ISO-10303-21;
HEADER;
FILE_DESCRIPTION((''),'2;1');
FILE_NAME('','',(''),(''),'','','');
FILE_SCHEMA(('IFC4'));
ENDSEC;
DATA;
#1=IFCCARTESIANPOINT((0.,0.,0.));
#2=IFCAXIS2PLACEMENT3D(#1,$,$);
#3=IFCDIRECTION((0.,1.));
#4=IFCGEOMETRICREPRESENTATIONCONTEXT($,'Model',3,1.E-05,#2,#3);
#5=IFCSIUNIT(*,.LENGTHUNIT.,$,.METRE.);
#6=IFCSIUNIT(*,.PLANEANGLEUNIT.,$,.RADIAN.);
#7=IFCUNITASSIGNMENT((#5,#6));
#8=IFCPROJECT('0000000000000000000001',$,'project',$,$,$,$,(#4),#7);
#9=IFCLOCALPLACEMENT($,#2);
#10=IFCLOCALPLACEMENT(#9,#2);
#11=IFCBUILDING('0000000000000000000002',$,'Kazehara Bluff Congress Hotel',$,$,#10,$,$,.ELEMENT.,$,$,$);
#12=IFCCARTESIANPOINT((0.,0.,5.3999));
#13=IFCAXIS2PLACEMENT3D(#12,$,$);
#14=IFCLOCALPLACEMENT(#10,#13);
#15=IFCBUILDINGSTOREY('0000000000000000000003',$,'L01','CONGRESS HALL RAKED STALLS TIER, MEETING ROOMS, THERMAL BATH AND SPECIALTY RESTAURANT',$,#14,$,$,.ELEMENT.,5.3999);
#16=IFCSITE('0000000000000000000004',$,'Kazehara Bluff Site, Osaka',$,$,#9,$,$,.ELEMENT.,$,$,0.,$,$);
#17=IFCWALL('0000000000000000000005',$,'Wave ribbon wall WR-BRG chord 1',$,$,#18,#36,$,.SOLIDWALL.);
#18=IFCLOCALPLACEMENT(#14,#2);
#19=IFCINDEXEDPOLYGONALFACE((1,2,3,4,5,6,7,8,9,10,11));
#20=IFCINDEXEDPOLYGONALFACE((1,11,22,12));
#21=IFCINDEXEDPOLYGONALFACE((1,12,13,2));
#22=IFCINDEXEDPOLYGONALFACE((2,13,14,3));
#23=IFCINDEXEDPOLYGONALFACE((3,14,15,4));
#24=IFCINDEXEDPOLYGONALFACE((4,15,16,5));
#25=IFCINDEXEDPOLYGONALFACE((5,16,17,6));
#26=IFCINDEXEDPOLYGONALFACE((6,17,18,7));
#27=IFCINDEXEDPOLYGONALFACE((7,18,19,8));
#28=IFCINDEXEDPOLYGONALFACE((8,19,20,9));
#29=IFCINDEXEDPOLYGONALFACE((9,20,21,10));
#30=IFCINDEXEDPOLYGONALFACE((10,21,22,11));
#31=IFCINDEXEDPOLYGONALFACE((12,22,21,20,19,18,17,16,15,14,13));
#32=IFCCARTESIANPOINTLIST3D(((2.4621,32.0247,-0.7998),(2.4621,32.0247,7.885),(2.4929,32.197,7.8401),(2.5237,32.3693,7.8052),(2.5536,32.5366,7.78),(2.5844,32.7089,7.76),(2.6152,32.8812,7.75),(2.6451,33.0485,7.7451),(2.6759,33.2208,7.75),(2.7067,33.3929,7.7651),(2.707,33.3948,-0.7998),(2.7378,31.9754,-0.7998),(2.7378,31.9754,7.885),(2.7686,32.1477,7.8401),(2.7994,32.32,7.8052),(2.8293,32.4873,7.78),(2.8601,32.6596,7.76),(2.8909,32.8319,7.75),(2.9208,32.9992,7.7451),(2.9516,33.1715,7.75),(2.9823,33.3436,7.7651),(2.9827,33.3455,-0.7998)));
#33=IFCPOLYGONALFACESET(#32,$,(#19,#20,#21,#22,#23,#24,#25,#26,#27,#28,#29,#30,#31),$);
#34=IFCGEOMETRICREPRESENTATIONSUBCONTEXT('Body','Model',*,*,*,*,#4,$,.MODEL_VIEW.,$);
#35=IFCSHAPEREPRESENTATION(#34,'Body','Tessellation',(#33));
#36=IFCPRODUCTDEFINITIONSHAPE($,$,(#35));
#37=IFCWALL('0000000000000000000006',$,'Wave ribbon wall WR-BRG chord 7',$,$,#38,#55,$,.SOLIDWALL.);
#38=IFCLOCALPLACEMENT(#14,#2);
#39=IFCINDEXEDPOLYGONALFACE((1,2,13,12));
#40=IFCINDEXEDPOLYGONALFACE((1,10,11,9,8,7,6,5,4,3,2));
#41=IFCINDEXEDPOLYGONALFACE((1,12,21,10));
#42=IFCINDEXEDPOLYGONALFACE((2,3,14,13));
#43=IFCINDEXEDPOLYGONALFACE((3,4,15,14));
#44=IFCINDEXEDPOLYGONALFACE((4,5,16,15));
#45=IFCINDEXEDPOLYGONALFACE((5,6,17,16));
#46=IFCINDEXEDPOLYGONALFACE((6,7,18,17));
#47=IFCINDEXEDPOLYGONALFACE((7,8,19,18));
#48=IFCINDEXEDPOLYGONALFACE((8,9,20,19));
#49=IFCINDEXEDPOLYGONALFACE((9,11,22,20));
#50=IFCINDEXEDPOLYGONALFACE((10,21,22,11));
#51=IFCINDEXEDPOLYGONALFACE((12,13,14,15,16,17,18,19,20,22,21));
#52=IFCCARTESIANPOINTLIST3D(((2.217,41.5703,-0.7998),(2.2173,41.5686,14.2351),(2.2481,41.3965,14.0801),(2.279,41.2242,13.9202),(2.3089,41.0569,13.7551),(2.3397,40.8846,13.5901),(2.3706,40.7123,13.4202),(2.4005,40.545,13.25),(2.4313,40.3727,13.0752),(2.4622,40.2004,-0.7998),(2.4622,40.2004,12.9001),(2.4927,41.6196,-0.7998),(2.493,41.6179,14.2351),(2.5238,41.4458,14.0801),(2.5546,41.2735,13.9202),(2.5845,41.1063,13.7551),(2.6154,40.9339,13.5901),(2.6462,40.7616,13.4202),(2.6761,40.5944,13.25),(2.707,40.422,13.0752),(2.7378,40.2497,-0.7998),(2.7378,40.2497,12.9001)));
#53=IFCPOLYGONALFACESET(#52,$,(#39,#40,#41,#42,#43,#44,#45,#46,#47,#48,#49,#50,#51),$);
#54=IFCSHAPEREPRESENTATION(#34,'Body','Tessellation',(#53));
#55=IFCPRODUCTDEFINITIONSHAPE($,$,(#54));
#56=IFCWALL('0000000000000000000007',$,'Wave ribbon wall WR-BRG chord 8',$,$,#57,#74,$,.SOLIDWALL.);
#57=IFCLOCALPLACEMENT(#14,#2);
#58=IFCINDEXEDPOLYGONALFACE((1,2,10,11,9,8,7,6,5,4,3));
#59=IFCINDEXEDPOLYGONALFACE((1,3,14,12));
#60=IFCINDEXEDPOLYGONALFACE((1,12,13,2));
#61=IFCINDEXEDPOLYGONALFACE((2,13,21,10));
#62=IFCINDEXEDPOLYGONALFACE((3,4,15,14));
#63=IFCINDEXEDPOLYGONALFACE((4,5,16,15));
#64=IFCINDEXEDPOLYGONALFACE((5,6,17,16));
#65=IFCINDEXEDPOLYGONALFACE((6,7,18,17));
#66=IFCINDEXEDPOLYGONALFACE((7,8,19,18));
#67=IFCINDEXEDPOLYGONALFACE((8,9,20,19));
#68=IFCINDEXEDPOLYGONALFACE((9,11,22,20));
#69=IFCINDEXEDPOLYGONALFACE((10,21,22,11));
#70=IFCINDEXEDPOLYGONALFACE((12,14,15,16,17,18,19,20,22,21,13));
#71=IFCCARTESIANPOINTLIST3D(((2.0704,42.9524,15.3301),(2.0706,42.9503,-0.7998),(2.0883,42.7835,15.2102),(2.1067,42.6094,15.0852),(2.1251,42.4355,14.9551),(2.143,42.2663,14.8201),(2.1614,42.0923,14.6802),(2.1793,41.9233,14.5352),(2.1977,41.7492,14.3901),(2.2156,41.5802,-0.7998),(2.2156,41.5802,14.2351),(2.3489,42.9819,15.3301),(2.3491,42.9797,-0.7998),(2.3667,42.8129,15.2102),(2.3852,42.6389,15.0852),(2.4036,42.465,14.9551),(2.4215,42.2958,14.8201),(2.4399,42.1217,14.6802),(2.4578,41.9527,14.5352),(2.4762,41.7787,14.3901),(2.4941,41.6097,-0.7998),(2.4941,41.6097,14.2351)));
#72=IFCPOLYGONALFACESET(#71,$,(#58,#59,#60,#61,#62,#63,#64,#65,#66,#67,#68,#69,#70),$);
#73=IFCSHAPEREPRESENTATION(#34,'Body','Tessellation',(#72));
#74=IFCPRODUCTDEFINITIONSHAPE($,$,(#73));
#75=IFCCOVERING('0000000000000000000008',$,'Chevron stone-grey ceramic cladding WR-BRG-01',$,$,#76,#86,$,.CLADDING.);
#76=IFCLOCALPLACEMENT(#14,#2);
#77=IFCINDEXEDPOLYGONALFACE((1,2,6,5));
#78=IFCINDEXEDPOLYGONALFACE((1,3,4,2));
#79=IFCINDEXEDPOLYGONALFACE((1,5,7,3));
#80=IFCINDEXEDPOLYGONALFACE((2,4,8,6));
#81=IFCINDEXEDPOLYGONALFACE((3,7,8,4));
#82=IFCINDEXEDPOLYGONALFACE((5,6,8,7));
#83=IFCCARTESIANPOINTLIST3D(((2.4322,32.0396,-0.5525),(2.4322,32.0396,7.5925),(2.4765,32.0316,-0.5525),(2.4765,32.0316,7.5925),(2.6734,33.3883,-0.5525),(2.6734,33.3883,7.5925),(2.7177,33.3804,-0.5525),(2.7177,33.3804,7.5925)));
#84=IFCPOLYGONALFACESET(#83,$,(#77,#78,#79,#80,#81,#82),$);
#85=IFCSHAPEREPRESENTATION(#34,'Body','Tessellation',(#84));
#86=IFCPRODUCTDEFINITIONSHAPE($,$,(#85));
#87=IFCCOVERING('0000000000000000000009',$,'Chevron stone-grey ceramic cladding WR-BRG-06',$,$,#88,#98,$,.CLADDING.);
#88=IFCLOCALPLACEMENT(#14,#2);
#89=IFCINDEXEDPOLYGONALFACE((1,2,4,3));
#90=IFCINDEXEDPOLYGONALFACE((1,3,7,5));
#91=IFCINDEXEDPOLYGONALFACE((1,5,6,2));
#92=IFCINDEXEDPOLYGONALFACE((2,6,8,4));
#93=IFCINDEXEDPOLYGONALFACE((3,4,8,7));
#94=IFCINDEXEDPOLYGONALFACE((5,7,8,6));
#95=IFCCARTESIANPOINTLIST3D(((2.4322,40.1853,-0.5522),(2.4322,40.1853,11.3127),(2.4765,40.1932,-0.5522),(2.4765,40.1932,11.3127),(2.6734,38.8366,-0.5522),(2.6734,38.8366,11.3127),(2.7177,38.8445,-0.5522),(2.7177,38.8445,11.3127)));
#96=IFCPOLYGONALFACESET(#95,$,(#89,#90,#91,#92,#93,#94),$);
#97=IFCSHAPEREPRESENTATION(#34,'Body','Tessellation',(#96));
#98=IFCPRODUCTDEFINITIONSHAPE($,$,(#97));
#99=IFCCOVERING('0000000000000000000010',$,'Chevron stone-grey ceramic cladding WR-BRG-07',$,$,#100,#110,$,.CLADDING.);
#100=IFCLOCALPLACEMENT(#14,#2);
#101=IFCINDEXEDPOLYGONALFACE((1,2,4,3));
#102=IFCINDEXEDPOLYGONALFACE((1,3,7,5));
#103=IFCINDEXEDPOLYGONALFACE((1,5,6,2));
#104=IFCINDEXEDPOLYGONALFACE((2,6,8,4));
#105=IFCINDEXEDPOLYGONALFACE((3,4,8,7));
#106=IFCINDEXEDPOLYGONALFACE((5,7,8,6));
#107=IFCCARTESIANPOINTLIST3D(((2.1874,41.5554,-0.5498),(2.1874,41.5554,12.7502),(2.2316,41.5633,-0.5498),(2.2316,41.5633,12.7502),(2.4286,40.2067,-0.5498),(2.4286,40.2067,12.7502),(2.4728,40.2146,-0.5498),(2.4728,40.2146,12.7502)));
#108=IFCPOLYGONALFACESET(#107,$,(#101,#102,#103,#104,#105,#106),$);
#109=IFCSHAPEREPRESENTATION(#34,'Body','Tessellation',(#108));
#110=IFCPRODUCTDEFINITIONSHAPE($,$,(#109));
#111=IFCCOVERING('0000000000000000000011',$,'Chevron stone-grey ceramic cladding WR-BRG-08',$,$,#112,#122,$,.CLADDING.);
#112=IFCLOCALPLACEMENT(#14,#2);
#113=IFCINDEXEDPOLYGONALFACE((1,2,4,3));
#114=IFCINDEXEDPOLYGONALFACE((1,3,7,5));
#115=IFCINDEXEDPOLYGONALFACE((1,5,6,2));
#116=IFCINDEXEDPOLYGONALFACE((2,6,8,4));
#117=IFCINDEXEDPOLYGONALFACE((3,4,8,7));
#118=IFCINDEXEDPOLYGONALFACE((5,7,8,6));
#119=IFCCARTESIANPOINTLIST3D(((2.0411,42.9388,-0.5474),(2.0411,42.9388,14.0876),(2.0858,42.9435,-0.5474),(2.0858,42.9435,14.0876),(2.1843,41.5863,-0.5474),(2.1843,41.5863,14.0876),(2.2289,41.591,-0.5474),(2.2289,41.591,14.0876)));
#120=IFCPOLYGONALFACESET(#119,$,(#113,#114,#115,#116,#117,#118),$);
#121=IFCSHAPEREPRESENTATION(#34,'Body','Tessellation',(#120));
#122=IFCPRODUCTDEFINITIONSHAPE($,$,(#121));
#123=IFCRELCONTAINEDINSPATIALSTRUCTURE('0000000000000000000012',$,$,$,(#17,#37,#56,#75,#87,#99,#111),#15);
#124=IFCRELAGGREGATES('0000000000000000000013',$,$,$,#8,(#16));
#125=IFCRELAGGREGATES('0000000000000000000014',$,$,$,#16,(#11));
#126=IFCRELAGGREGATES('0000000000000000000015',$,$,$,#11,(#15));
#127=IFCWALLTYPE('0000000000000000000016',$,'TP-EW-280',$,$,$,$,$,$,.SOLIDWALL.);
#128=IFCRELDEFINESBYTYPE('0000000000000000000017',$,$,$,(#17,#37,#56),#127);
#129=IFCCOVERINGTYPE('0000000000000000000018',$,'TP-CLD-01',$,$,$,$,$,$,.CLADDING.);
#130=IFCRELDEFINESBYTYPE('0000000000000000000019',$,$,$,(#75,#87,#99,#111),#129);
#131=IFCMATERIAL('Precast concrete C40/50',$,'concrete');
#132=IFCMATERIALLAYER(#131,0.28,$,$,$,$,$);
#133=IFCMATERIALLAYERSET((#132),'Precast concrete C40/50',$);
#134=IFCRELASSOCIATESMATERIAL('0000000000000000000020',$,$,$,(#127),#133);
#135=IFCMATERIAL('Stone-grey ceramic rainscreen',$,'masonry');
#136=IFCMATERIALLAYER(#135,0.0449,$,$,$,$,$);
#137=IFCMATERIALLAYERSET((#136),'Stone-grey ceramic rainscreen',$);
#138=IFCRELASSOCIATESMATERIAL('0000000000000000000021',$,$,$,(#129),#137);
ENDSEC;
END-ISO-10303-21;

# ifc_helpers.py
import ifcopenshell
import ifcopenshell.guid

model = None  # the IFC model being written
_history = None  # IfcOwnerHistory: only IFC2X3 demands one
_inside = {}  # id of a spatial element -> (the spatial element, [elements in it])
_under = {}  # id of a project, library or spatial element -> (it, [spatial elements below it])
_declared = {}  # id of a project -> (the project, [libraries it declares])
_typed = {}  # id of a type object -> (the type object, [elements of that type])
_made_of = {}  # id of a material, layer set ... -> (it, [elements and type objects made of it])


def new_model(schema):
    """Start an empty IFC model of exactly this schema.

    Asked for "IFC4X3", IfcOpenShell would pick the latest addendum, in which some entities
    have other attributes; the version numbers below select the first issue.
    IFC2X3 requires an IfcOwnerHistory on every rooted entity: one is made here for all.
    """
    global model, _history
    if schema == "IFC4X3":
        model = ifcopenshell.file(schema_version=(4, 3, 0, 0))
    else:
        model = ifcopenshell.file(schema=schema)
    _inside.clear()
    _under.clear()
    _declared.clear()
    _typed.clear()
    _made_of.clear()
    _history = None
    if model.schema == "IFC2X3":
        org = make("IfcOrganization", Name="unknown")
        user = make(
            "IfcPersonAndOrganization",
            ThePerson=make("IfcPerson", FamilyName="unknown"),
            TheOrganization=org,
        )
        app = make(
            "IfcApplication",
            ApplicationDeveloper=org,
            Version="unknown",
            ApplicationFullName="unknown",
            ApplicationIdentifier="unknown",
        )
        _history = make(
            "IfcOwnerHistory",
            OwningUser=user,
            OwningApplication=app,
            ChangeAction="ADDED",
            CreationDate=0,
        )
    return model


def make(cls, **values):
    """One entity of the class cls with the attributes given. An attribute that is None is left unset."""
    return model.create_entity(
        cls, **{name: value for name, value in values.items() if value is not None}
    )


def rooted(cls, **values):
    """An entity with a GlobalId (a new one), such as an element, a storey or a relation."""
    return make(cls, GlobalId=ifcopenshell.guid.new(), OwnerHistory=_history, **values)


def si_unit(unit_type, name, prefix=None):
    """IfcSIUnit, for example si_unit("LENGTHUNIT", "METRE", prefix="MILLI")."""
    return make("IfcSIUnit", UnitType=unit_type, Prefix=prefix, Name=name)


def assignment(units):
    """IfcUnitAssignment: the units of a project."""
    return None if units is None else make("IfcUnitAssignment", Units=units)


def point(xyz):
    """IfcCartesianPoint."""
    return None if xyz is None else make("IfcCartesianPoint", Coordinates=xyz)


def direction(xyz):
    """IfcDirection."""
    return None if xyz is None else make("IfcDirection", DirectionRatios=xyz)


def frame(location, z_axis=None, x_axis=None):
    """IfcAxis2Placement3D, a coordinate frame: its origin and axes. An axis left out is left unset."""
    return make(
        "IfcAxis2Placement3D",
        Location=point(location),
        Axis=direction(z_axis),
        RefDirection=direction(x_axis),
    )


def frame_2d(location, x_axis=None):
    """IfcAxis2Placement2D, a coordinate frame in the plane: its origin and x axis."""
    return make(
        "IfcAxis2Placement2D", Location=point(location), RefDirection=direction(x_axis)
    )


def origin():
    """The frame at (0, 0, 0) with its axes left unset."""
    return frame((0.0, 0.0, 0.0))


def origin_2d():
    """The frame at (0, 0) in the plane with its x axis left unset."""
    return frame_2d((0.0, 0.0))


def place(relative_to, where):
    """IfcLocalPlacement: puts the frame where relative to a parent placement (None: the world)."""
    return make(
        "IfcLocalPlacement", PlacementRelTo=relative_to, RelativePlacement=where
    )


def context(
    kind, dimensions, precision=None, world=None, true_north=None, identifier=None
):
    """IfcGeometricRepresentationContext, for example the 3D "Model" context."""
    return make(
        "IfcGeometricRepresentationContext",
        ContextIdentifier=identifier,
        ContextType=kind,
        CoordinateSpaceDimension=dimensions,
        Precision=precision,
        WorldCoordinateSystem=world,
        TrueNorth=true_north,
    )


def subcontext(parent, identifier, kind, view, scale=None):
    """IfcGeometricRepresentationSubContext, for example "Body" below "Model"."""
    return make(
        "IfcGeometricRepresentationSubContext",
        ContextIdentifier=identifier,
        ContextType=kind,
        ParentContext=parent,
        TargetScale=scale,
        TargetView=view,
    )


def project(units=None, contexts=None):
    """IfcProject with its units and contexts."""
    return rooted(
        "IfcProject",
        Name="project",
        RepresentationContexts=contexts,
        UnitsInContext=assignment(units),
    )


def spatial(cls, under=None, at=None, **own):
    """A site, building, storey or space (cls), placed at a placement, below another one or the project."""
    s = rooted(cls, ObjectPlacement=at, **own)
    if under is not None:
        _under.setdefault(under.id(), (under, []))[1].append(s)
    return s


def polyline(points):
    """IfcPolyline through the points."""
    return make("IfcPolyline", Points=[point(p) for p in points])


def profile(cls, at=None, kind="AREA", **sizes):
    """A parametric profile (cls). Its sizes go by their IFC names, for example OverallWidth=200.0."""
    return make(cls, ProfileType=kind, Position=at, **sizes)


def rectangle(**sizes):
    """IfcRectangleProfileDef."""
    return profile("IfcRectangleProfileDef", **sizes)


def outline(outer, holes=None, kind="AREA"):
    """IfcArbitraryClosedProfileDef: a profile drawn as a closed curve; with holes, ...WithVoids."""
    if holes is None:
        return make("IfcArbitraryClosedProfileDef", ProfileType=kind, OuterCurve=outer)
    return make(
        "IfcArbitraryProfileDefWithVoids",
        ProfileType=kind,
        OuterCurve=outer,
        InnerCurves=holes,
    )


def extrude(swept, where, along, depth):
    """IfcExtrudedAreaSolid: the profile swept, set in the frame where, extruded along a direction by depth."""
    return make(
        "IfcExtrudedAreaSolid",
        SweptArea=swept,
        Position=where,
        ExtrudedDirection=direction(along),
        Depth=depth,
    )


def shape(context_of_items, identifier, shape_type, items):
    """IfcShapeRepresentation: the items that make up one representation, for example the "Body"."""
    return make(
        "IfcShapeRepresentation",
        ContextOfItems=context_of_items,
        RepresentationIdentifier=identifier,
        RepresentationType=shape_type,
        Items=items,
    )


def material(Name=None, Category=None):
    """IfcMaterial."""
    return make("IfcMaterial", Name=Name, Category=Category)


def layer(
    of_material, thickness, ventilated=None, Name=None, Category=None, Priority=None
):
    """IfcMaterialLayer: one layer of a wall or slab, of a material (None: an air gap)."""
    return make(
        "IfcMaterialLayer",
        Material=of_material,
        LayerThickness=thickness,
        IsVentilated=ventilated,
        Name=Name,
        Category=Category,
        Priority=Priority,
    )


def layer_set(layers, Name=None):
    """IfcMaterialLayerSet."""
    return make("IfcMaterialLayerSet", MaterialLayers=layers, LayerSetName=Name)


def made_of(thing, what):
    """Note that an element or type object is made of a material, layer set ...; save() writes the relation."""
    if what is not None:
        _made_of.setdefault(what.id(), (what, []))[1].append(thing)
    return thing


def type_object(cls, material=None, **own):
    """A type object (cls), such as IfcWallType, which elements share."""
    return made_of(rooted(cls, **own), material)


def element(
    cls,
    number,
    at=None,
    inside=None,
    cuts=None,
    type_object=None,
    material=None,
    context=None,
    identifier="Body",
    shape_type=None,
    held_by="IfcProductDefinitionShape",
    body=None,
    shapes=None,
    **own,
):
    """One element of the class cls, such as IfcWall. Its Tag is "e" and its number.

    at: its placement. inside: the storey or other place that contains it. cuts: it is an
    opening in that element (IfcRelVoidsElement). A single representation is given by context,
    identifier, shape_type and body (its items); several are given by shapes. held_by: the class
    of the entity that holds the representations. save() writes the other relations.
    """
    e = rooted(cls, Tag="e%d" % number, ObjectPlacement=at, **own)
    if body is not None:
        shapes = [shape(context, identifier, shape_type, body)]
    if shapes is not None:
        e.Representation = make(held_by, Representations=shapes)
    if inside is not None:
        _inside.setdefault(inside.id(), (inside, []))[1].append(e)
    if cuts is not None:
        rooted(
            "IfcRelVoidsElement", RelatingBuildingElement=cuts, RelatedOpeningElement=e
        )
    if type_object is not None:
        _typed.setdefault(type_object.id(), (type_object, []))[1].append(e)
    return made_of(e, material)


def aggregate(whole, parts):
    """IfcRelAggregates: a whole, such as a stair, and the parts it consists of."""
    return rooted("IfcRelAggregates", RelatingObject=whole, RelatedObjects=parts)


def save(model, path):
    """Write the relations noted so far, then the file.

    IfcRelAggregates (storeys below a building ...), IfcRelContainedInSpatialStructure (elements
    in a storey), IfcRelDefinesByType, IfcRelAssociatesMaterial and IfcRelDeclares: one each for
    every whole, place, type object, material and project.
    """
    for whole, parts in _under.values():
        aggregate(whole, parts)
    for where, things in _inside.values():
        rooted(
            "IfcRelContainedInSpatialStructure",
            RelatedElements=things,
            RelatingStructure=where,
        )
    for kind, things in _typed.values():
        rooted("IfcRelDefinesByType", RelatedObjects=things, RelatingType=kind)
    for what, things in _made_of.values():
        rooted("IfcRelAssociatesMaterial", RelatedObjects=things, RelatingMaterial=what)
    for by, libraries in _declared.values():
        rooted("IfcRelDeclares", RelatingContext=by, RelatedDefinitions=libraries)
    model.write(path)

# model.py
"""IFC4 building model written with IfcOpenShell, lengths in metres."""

from ifc_helpers import new_model, si_unit, direction, frame, origin, origin_2d, place, context, subcontext, project, spatial, polyline, rectangle, outline, extrude, material, layer, layer_set, type_object, element, save


model = new_model("IFC4")

# Units and contexts
model_context = context("Model", 3, precision=1e-05, world=origin(), true_north=direction((0.0, 1.0)))
body_context = subcontext(model_context, "Body", "Model", "MODEL_VIEW")
ifc_project = project(units=[si_unit("LENGTHUNIT", "METRE"), si_unit("PLANEANGLEUNIT", "RADIAN")], contexts=[model_context])

# Site, building, storey
site_placement = place(None, origin())
site = spatial("IfcSite", under=ifc_project, at=site_placement, Name="Kazehara Bluff Site, Osaka", CompositionType="ELEMENT", RefElevation=0.0)
building_placement = place(site_placement, origin())
building = spatial("IfcBuilding", under=site, at=building_placement, Name="Kazehara Bluff Congress Hotel", CompositionType="ELEMENT")
storey_placement = place(building_placement, frame((0.0, 0.0, 5.3999)))
storey = spatial("IfcBuildingStorey", under=building, at=storey_placement, Name="L01", Description="CONGRESS HALL RAKED STALLS TIER, MEETING ROOMS, THERMAL BATH AND SPECIALTY RESTAURANT", CompositionType="ELEMENT", Elevation=5.3999)

# Walls
ifc_material_1 = material(Name="Precast concrete C40/50", Category="concrete")
ifc_layer_1 = layer(ifc_material_1, 0.28)
ifc_layer_set_1 = layer_set([ifc_layer_1], Name="Precast concrete C40/50")
wall_type = type_object("IfcWallType", Name="TP-EW-280", PredefinedType="SOLIDWALL", material=ifc_layer_set_1)
wall_1_placement = place(storey_placement, frame((2.6001, 32.0, -0.7998), z_axis=(0.0, 0.0, 1.0), x_axis=(0.175936, 0.984402, 0.0)))
element("IfcWall", 1, at=wall_1_placement, inside=storey, type_object=wall_type, Name="Wave ribbon wall WR-BRG chord 1", PredefinedType="SOLIDWALL", context=body_context, shape_type="SweptSolid", body=[
    extrude(outline(polyline([(0.0, 0.0), (1.3918, 0.0), (1.3899, 8.5649), (1.2151, 8.5498), (1.04, 8.5449), (0.8701, 8.5498), (0.6951, 8.5598), (0.52, 8.5798), (0.3501, 8.605), (0.175, 8.6399), (0.0, 8.6848), (0.0, 0.0)])), frame((0.0, 0.1401, 0.0), z_axis=(0.0, -1.0, 0.0), x_axis=(1.0, 0.0, 0.0)), (0.0, 0.0, 1.0), 0.28),
])
wall_2_placement = place(storey_placement, frame((2.6001, 40.2251, -0.7998), z_axis=(0.0, 0.0, 1.0), x_axis=(-0.176137, 0.984366, 0.0)))
element("IfcWall", 2, at=wall_2_placement, inside=storey, type_object=wall_type, Name="Wave ribbon wall WR-BRG chord 7", PredefinedType="SOLIDWALL", context=body_context, shape_type="SweptSolid", body=[
    extrude(outline(polyline([(0.0, 0.0), (1.3916, 0.0), (1.3899, 15.0349), (1.2151, 14.8799), (1.04, 14.72), (0.8701, 14.5549), (0.6951, 14.3899), (0.52, 14.22), (0.3501, 14.0498), (0.175, 13.875), (0.0, 13.7), (0.0, 0.0)])), frame((0.0, 0.1401, 0.0), z_axis=(0.0, -1.0, 0.0), x_axis=(1.0, 0.0, 0.0)), (0.0, 0.0, 1.0), 0.28),
])
wall_3_placement = place(storey_placement, frame((2.355, 41.595, -0.7998), z_axis=(0.0, 0.0, 1.0), x_axis=(-0.105257, 0.994445, 0.0)))
element("IfcWall", 3, at=wall_3_placement, inside=storey, type_object=wall_type, Name="Wave ribbon wall WR-BRG chord 8", PredefinedType="SOLIDWALL", context=body_context, shape_type="SweptSolid", body=[
    extrude(outline(polyline([(0.0, 0.0), (1.3777, 0.0), (1.3799, 16.1299), (1.21, 16.01), (1.0349, 15.885), (0.8601, 15.7549), (0.6899, 15.6199), (0.5149, 15.48), (0.345, 15.335), (0.1699, 15.1899), (0.0, 15.0349), (0.0, 0.0)])), frame((0.0, 0.1401, 0.0), z_axis=(0.0, -1.0, 0.0), x_axis=(1.0, 0.0, 0.0)), (0.0, 0.0, 1.0), 0.28),
])

# Coverings
ifc_material_2 = material(Name="Stone-grey ceramic rainscreen", Category="masonry")
ifc_layer_2 = layer(ifc_material_2, 0.0449)
ifc_layer_set_2 = layer_set([ifc_layer_2], Name="Stone-grey ceramic rainscreen")
covering_type_1 = type_object("IfcCoveringType", Name="TP-CLD-01", PredefinedType="CLADDING", material=ifc_layer_set_2)
covering_1_placement = place(storey_placement, frame((2.575, 32.71, -0.5525), z_axis=(0.0, 0.0, 1.0), x_axis=(0.176039, 0.984383, 0.0)))
element("IfcCovering", 4, at=covering_1_placement, inside=storey, type_object=covering_type_1, Name="Chevron stone-grey ceramic cladding WR-BRG-01", PredefinedType="CLADDING", context=body_context, shape_type="SweptSolid", body=[
    extrude(rectangle(XDim=1.3701, YDim=0.0449, at=origin_2d()), origin(), (0.0, 0.0, 1.0), 8.145),
])
covering_2_placement = place(storey_placement, frame((2.575, 39.5149, -0.5522), z_axis=(0.0, 0.0, 1.0), x_axis=(-0.176039, 0.984383, 0.0)))
element("IfcCovering", 5, at=covering_2_placement, inside=storey, type_object=covering_type_1, Name="Chevron stone-grey ceramic cladding WR-BRG-06", PredefinedType="CLADDING", context=body_context, shape_type="SweptSolid", body=[
    extrude(rectangle(XDim=1.3701, YDim=0.0449, at=origin_2d()), origin(), (0.0, 0.0, 1.0), 11.865),
])
covering_3_placement = place(storey_placement, frame((2.3301, 40.885, -0.5498), z_axis=(0.0, 0.0, 1.0), x_axis=(-0.176039, 0.984383, 0.0)))
element("IfcCovering", 6, at=covering_3_placement, inside=storey, type_object=covering_type_1, Name="Chevron stone-grey ceramic cladding WR-BRG-07", PredefinedType="CLADDING", context=body_context, shape_type="SweptSolid", body=[
    extrude(rectangle(XDim=1.3701, YDim=0.0449, at=origin_2d()), origin(), (0.0, 0.0, 1.0), 13.3),
])
covering_4_placement = place(storey_placement, frame((2.135, 42.2649, -0.5474), z_axis=(0.0, 0.0, 1.0), x_axis=(-0.105252, 0.994446, 0.0)))
element("IfcCovering", 7, at=covering_4_placement, inside=storey, type_object=covering_type_1, Name="Chevron stone-grey ceramic cladding WR-BRG-08", PredefinedType="CLADDING", context=body_context, shape_type="SweptSolid", body=[
    extrude(rectangle(XDim=1.3601, YDim=0.0449, at=origin_2d()), origin(), (0.0, 0.0, 1.0), 14.635),
])

save(model, "model.ifc")
